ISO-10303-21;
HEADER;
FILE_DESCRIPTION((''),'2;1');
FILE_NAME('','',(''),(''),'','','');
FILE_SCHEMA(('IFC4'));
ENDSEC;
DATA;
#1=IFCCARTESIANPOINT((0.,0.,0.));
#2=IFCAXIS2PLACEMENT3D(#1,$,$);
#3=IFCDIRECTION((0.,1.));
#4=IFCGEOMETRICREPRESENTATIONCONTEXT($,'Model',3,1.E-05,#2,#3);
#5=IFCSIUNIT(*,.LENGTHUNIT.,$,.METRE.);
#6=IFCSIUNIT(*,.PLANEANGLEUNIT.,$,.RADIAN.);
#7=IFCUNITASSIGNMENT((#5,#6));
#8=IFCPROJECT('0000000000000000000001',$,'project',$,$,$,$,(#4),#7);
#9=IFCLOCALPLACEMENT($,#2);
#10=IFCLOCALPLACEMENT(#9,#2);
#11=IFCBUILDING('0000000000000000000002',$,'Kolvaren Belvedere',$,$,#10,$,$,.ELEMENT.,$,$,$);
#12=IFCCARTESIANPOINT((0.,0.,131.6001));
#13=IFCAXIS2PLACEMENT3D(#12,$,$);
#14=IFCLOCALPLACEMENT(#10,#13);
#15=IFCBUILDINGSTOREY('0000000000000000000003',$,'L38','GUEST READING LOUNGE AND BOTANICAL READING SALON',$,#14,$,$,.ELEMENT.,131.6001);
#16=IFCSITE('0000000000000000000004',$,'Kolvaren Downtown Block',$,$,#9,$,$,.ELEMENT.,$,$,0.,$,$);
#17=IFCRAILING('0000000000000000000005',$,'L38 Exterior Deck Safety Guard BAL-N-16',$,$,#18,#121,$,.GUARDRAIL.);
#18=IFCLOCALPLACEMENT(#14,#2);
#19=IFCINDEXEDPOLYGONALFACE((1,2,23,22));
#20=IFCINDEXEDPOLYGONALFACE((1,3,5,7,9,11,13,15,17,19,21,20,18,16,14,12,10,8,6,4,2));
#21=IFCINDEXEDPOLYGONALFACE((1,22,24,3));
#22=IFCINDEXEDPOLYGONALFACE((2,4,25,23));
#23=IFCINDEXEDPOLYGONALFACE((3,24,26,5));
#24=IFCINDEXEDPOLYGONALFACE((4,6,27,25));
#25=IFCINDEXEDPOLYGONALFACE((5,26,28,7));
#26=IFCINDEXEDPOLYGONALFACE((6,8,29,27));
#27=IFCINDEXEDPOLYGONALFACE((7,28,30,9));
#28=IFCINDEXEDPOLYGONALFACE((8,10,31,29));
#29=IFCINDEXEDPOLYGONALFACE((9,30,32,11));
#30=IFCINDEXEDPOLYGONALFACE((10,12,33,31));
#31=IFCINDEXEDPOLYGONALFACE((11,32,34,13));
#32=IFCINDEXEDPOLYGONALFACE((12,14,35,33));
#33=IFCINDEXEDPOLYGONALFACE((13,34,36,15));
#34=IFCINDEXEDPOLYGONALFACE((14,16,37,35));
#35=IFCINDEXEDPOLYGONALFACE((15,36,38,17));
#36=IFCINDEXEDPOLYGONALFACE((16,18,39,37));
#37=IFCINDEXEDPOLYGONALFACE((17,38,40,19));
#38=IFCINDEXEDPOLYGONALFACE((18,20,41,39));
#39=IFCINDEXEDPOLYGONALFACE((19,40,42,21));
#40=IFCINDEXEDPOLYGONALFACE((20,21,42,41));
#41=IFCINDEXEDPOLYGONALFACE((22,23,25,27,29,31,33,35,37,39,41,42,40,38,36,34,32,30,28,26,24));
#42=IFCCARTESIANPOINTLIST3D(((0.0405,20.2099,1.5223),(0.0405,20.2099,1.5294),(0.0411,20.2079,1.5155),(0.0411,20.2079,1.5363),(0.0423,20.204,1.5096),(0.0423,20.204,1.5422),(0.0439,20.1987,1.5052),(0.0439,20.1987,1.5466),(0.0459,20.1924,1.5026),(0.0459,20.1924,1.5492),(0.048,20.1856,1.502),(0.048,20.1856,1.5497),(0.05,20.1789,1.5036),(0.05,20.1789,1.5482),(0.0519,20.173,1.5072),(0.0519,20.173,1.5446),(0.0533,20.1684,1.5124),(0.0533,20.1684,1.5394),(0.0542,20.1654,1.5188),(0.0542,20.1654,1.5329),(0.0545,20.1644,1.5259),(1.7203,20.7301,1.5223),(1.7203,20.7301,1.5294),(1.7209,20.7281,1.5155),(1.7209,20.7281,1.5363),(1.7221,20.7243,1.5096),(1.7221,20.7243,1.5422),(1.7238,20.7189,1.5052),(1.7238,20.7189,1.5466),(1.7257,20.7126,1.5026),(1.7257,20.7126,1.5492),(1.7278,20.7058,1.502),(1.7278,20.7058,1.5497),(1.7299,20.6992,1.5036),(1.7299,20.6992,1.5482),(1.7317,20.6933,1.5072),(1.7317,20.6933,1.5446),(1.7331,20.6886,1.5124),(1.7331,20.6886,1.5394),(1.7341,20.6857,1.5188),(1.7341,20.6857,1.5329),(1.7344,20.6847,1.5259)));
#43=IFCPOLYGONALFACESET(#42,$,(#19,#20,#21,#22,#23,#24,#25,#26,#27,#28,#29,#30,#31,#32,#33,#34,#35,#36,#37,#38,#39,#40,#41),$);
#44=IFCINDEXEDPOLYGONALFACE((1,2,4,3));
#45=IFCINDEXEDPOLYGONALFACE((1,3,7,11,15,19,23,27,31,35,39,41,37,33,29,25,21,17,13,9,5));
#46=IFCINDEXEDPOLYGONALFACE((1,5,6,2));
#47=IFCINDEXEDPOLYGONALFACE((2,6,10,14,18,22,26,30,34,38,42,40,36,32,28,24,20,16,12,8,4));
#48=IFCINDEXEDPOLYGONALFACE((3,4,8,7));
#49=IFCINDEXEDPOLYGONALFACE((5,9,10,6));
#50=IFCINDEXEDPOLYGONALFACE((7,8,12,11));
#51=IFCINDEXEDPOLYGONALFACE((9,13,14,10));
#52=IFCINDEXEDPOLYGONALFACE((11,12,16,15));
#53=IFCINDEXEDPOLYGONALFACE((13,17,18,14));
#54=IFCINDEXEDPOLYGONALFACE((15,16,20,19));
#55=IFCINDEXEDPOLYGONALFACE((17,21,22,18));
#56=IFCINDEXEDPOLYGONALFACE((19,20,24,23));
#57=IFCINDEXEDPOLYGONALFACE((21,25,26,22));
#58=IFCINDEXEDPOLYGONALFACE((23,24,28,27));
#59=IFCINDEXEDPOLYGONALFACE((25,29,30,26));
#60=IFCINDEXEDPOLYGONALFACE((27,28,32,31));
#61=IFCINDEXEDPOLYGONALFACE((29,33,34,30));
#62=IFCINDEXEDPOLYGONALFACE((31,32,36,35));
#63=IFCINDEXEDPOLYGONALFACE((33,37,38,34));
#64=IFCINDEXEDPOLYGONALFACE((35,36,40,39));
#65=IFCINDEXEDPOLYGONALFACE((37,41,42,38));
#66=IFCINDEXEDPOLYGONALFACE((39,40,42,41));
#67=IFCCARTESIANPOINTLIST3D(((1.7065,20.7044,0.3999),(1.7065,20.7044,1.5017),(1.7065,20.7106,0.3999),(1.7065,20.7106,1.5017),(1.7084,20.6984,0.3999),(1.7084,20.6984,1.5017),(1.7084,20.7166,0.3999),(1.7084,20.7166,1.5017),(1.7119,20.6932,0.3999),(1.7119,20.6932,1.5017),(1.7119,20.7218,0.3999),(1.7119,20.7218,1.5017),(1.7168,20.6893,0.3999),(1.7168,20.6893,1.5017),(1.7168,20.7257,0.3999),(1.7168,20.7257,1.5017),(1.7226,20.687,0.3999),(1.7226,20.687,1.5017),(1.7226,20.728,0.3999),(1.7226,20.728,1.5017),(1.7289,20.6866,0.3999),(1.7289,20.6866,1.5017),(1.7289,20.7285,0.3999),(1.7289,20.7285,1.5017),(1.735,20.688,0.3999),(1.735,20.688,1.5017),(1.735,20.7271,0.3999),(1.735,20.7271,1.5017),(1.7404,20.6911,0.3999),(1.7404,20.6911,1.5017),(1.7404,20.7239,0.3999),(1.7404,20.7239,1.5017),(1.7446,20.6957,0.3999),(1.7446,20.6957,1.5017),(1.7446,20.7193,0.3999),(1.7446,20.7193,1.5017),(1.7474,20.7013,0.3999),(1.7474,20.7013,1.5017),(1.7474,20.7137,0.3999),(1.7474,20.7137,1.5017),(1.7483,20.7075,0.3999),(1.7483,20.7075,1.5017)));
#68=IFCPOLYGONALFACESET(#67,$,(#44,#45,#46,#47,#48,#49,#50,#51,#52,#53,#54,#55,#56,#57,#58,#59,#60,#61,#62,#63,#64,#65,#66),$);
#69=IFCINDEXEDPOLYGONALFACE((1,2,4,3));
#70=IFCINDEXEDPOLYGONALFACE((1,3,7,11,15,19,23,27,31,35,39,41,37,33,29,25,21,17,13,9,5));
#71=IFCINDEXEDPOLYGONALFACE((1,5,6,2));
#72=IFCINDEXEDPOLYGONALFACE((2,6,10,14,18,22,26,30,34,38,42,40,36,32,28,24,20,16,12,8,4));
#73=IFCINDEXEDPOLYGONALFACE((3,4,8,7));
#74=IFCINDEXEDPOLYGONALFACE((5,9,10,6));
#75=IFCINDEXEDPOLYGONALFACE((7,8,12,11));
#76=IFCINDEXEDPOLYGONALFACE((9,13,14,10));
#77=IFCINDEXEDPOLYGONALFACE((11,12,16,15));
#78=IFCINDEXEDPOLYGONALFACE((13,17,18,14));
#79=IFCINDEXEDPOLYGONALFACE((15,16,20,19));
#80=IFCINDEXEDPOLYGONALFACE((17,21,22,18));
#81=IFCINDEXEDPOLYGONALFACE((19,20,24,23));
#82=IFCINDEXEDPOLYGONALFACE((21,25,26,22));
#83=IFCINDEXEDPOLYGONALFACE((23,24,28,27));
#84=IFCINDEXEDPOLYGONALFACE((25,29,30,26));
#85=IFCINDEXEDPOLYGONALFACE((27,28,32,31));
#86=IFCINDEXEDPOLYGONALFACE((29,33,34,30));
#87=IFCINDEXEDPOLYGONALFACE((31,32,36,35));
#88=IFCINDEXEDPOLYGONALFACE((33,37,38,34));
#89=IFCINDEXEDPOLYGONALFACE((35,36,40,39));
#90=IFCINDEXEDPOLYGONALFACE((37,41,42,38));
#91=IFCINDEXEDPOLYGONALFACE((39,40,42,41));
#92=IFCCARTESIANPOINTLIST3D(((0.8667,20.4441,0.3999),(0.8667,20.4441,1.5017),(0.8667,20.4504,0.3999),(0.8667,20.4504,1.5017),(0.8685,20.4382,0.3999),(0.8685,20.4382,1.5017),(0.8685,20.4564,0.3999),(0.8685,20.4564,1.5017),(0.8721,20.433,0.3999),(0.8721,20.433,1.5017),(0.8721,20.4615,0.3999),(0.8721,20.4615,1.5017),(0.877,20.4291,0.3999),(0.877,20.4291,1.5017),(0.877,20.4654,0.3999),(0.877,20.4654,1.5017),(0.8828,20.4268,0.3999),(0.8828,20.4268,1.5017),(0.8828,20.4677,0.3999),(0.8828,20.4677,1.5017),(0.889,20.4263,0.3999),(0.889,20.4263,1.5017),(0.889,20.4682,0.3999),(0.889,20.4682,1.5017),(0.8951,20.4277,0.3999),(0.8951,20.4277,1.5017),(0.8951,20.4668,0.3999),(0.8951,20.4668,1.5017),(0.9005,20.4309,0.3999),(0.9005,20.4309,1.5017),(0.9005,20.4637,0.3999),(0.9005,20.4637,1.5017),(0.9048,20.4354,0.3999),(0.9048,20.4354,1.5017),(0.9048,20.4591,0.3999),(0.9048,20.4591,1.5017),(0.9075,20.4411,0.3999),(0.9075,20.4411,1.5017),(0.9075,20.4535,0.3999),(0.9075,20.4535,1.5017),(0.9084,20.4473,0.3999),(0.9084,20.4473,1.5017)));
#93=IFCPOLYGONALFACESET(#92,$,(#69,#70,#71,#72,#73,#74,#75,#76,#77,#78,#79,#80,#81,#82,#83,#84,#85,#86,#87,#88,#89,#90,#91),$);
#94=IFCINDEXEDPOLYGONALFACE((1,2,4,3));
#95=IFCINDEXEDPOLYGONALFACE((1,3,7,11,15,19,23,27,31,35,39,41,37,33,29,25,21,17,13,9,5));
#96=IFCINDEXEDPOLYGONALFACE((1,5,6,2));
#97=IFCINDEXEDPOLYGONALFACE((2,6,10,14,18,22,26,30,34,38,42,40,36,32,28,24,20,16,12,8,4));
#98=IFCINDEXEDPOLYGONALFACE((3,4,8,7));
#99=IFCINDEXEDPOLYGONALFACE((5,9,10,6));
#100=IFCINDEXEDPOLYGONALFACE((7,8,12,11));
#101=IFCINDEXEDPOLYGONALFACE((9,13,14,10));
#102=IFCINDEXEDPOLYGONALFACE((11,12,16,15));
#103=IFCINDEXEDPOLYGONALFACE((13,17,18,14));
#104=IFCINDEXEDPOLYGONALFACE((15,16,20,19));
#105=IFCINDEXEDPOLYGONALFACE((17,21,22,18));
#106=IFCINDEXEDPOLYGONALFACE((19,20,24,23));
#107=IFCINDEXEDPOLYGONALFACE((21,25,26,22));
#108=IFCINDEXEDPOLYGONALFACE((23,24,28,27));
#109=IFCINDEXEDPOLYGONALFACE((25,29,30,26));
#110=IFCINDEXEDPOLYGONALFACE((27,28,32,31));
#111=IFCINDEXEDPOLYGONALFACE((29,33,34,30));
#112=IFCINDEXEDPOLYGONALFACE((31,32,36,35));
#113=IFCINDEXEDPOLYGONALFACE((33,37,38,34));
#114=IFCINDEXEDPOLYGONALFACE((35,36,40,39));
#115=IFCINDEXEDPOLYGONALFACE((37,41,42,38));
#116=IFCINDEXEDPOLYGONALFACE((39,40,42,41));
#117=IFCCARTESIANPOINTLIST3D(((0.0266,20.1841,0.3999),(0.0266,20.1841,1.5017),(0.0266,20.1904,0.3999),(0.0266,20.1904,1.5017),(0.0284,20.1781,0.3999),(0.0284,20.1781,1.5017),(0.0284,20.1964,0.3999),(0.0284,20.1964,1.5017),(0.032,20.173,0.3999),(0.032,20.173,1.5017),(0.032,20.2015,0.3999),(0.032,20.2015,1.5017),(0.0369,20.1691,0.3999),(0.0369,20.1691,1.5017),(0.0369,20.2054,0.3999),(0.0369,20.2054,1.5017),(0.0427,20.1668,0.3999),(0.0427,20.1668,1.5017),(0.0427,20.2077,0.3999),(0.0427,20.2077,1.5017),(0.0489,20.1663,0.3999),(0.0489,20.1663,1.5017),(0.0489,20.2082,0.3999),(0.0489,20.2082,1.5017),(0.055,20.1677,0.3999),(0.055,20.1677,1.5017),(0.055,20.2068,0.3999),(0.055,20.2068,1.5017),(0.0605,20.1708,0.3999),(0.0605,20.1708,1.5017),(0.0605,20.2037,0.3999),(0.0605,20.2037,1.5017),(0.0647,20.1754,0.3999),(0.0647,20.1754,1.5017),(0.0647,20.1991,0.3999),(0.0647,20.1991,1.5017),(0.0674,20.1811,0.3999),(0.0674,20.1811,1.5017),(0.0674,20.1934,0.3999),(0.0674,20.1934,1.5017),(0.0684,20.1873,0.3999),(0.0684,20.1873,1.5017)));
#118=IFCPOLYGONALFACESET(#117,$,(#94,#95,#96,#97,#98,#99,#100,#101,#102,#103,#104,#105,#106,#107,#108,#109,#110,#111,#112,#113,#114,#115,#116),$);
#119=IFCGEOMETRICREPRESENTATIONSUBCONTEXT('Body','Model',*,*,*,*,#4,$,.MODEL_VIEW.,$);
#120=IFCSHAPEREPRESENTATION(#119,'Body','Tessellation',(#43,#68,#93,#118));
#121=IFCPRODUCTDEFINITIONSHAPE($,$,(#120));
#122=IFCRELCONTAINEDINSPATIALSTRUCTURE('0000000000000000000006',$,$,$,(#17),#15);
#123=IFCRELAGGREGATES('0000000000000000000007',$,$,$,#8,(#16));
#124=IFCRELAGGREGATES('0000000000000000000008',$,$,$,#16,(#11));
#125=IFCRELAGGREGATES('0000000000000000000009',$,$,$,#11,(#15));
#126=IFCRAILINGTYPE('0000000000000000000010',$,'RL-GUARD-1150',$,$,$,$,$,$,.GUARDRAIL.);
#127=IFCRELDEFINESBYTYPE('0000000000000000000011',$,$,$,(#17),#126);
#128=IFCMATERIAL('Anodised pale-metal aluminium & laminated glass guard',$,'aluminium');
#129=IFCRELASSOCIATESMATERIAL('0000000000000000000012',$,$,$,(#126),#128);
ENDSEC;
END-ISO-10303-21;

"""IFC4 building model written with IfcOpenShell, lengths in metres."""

from ifc_helpers import new_model, si_unit, direction, frame, origin, origin_2d, place, context, subcontext, project, spatial, circle, extrude, material, type_object, element, save


model = new_model("IFC4")

# Units and contexts
model_context = context("Model", 3, precision=1e-05, world=origin(), true_north=direction((0.0, 1.0)))
body_context = subcontext(model_context, "Body", "Model", "MODEL_VIEW")
ifc_project = project(units=[si_unit("LENGTHUNIT", "METRE"), si_unit("PLANEANGLEUNIT", "RADIAN")], contexts=[model_context])

# Site, building, storey
site_placement = place(None, origin())
site = spatial("IfcSite", under=ifc_project, at=site_placement, Name="Kolvaren Downtown Block", CompositionType="ELEMENT", RefElevation=0.0)
building_placement = place(site_placement, origin())
building = spatial("IfcBuilding", under=site, at=building_placement, Name="Kolvaren Belvedere", CompositionType="ELEMENT")
storey_placement = place(building_placement, frame((0.0, 0.0, 131.6001)))
storey = spatial("IfcBuildingStorey", under=building, at=storey_placement, Name="L38", Description="GUEST READING LOUNGE AND BOTANICAL READING SALON", CompositionType="ELEMENT", Elevation=131.6001)

# Railing
ifc_material_1 = material(Name="Anodised pale-metal aluminium & laminated glass guard", Category="aluminium")
railing_type = type_object("IfcRailingType", Name="RL-GUARD-1150", PredefinedType="GUARDRAIL", material=ifc_material_1)
railing_1_placement = place(storey_placement, frame((1.7273, 20.7075, 0.3999)))
element("IfcRailing", 1, at=railing_1_placement, inside=storey, type_object=railing_type, Name="L38 Exterior Deck Safety Guard BAL-N-16", PredefinedType="GUARDRAIL", context=body_context, shape_type="SweptSolid", body=[
    extrude(circle(Radius=0.0239, at=origin_2d()), frame((0.0, 0.0, 1.126), z_axis=(-0.95524, -0.295832, 0.0), x_axis=(0.295832, -0.95524, 0.0)), (0.0, 0.0, 1.0), 1.7585),
    extrude(circle(Radius=0.021, at=origin_2d()), origin(), (0.0, 0.0, 1.0), 1.1018),
    extrude(circle(Radius=0.021, at=origin_2d()), frame((-0.8398, -0.2603, 0.0)), (0.0, 0.0, 1.0), 1.1018),
    extrude(circle(Radius=0.021, at=origin_2d()), frame((-1.6799, -0.5203, 0.0)), (0.0, 0.0, 1.0), 1.1018),
])

save(model, "model.ifc")
